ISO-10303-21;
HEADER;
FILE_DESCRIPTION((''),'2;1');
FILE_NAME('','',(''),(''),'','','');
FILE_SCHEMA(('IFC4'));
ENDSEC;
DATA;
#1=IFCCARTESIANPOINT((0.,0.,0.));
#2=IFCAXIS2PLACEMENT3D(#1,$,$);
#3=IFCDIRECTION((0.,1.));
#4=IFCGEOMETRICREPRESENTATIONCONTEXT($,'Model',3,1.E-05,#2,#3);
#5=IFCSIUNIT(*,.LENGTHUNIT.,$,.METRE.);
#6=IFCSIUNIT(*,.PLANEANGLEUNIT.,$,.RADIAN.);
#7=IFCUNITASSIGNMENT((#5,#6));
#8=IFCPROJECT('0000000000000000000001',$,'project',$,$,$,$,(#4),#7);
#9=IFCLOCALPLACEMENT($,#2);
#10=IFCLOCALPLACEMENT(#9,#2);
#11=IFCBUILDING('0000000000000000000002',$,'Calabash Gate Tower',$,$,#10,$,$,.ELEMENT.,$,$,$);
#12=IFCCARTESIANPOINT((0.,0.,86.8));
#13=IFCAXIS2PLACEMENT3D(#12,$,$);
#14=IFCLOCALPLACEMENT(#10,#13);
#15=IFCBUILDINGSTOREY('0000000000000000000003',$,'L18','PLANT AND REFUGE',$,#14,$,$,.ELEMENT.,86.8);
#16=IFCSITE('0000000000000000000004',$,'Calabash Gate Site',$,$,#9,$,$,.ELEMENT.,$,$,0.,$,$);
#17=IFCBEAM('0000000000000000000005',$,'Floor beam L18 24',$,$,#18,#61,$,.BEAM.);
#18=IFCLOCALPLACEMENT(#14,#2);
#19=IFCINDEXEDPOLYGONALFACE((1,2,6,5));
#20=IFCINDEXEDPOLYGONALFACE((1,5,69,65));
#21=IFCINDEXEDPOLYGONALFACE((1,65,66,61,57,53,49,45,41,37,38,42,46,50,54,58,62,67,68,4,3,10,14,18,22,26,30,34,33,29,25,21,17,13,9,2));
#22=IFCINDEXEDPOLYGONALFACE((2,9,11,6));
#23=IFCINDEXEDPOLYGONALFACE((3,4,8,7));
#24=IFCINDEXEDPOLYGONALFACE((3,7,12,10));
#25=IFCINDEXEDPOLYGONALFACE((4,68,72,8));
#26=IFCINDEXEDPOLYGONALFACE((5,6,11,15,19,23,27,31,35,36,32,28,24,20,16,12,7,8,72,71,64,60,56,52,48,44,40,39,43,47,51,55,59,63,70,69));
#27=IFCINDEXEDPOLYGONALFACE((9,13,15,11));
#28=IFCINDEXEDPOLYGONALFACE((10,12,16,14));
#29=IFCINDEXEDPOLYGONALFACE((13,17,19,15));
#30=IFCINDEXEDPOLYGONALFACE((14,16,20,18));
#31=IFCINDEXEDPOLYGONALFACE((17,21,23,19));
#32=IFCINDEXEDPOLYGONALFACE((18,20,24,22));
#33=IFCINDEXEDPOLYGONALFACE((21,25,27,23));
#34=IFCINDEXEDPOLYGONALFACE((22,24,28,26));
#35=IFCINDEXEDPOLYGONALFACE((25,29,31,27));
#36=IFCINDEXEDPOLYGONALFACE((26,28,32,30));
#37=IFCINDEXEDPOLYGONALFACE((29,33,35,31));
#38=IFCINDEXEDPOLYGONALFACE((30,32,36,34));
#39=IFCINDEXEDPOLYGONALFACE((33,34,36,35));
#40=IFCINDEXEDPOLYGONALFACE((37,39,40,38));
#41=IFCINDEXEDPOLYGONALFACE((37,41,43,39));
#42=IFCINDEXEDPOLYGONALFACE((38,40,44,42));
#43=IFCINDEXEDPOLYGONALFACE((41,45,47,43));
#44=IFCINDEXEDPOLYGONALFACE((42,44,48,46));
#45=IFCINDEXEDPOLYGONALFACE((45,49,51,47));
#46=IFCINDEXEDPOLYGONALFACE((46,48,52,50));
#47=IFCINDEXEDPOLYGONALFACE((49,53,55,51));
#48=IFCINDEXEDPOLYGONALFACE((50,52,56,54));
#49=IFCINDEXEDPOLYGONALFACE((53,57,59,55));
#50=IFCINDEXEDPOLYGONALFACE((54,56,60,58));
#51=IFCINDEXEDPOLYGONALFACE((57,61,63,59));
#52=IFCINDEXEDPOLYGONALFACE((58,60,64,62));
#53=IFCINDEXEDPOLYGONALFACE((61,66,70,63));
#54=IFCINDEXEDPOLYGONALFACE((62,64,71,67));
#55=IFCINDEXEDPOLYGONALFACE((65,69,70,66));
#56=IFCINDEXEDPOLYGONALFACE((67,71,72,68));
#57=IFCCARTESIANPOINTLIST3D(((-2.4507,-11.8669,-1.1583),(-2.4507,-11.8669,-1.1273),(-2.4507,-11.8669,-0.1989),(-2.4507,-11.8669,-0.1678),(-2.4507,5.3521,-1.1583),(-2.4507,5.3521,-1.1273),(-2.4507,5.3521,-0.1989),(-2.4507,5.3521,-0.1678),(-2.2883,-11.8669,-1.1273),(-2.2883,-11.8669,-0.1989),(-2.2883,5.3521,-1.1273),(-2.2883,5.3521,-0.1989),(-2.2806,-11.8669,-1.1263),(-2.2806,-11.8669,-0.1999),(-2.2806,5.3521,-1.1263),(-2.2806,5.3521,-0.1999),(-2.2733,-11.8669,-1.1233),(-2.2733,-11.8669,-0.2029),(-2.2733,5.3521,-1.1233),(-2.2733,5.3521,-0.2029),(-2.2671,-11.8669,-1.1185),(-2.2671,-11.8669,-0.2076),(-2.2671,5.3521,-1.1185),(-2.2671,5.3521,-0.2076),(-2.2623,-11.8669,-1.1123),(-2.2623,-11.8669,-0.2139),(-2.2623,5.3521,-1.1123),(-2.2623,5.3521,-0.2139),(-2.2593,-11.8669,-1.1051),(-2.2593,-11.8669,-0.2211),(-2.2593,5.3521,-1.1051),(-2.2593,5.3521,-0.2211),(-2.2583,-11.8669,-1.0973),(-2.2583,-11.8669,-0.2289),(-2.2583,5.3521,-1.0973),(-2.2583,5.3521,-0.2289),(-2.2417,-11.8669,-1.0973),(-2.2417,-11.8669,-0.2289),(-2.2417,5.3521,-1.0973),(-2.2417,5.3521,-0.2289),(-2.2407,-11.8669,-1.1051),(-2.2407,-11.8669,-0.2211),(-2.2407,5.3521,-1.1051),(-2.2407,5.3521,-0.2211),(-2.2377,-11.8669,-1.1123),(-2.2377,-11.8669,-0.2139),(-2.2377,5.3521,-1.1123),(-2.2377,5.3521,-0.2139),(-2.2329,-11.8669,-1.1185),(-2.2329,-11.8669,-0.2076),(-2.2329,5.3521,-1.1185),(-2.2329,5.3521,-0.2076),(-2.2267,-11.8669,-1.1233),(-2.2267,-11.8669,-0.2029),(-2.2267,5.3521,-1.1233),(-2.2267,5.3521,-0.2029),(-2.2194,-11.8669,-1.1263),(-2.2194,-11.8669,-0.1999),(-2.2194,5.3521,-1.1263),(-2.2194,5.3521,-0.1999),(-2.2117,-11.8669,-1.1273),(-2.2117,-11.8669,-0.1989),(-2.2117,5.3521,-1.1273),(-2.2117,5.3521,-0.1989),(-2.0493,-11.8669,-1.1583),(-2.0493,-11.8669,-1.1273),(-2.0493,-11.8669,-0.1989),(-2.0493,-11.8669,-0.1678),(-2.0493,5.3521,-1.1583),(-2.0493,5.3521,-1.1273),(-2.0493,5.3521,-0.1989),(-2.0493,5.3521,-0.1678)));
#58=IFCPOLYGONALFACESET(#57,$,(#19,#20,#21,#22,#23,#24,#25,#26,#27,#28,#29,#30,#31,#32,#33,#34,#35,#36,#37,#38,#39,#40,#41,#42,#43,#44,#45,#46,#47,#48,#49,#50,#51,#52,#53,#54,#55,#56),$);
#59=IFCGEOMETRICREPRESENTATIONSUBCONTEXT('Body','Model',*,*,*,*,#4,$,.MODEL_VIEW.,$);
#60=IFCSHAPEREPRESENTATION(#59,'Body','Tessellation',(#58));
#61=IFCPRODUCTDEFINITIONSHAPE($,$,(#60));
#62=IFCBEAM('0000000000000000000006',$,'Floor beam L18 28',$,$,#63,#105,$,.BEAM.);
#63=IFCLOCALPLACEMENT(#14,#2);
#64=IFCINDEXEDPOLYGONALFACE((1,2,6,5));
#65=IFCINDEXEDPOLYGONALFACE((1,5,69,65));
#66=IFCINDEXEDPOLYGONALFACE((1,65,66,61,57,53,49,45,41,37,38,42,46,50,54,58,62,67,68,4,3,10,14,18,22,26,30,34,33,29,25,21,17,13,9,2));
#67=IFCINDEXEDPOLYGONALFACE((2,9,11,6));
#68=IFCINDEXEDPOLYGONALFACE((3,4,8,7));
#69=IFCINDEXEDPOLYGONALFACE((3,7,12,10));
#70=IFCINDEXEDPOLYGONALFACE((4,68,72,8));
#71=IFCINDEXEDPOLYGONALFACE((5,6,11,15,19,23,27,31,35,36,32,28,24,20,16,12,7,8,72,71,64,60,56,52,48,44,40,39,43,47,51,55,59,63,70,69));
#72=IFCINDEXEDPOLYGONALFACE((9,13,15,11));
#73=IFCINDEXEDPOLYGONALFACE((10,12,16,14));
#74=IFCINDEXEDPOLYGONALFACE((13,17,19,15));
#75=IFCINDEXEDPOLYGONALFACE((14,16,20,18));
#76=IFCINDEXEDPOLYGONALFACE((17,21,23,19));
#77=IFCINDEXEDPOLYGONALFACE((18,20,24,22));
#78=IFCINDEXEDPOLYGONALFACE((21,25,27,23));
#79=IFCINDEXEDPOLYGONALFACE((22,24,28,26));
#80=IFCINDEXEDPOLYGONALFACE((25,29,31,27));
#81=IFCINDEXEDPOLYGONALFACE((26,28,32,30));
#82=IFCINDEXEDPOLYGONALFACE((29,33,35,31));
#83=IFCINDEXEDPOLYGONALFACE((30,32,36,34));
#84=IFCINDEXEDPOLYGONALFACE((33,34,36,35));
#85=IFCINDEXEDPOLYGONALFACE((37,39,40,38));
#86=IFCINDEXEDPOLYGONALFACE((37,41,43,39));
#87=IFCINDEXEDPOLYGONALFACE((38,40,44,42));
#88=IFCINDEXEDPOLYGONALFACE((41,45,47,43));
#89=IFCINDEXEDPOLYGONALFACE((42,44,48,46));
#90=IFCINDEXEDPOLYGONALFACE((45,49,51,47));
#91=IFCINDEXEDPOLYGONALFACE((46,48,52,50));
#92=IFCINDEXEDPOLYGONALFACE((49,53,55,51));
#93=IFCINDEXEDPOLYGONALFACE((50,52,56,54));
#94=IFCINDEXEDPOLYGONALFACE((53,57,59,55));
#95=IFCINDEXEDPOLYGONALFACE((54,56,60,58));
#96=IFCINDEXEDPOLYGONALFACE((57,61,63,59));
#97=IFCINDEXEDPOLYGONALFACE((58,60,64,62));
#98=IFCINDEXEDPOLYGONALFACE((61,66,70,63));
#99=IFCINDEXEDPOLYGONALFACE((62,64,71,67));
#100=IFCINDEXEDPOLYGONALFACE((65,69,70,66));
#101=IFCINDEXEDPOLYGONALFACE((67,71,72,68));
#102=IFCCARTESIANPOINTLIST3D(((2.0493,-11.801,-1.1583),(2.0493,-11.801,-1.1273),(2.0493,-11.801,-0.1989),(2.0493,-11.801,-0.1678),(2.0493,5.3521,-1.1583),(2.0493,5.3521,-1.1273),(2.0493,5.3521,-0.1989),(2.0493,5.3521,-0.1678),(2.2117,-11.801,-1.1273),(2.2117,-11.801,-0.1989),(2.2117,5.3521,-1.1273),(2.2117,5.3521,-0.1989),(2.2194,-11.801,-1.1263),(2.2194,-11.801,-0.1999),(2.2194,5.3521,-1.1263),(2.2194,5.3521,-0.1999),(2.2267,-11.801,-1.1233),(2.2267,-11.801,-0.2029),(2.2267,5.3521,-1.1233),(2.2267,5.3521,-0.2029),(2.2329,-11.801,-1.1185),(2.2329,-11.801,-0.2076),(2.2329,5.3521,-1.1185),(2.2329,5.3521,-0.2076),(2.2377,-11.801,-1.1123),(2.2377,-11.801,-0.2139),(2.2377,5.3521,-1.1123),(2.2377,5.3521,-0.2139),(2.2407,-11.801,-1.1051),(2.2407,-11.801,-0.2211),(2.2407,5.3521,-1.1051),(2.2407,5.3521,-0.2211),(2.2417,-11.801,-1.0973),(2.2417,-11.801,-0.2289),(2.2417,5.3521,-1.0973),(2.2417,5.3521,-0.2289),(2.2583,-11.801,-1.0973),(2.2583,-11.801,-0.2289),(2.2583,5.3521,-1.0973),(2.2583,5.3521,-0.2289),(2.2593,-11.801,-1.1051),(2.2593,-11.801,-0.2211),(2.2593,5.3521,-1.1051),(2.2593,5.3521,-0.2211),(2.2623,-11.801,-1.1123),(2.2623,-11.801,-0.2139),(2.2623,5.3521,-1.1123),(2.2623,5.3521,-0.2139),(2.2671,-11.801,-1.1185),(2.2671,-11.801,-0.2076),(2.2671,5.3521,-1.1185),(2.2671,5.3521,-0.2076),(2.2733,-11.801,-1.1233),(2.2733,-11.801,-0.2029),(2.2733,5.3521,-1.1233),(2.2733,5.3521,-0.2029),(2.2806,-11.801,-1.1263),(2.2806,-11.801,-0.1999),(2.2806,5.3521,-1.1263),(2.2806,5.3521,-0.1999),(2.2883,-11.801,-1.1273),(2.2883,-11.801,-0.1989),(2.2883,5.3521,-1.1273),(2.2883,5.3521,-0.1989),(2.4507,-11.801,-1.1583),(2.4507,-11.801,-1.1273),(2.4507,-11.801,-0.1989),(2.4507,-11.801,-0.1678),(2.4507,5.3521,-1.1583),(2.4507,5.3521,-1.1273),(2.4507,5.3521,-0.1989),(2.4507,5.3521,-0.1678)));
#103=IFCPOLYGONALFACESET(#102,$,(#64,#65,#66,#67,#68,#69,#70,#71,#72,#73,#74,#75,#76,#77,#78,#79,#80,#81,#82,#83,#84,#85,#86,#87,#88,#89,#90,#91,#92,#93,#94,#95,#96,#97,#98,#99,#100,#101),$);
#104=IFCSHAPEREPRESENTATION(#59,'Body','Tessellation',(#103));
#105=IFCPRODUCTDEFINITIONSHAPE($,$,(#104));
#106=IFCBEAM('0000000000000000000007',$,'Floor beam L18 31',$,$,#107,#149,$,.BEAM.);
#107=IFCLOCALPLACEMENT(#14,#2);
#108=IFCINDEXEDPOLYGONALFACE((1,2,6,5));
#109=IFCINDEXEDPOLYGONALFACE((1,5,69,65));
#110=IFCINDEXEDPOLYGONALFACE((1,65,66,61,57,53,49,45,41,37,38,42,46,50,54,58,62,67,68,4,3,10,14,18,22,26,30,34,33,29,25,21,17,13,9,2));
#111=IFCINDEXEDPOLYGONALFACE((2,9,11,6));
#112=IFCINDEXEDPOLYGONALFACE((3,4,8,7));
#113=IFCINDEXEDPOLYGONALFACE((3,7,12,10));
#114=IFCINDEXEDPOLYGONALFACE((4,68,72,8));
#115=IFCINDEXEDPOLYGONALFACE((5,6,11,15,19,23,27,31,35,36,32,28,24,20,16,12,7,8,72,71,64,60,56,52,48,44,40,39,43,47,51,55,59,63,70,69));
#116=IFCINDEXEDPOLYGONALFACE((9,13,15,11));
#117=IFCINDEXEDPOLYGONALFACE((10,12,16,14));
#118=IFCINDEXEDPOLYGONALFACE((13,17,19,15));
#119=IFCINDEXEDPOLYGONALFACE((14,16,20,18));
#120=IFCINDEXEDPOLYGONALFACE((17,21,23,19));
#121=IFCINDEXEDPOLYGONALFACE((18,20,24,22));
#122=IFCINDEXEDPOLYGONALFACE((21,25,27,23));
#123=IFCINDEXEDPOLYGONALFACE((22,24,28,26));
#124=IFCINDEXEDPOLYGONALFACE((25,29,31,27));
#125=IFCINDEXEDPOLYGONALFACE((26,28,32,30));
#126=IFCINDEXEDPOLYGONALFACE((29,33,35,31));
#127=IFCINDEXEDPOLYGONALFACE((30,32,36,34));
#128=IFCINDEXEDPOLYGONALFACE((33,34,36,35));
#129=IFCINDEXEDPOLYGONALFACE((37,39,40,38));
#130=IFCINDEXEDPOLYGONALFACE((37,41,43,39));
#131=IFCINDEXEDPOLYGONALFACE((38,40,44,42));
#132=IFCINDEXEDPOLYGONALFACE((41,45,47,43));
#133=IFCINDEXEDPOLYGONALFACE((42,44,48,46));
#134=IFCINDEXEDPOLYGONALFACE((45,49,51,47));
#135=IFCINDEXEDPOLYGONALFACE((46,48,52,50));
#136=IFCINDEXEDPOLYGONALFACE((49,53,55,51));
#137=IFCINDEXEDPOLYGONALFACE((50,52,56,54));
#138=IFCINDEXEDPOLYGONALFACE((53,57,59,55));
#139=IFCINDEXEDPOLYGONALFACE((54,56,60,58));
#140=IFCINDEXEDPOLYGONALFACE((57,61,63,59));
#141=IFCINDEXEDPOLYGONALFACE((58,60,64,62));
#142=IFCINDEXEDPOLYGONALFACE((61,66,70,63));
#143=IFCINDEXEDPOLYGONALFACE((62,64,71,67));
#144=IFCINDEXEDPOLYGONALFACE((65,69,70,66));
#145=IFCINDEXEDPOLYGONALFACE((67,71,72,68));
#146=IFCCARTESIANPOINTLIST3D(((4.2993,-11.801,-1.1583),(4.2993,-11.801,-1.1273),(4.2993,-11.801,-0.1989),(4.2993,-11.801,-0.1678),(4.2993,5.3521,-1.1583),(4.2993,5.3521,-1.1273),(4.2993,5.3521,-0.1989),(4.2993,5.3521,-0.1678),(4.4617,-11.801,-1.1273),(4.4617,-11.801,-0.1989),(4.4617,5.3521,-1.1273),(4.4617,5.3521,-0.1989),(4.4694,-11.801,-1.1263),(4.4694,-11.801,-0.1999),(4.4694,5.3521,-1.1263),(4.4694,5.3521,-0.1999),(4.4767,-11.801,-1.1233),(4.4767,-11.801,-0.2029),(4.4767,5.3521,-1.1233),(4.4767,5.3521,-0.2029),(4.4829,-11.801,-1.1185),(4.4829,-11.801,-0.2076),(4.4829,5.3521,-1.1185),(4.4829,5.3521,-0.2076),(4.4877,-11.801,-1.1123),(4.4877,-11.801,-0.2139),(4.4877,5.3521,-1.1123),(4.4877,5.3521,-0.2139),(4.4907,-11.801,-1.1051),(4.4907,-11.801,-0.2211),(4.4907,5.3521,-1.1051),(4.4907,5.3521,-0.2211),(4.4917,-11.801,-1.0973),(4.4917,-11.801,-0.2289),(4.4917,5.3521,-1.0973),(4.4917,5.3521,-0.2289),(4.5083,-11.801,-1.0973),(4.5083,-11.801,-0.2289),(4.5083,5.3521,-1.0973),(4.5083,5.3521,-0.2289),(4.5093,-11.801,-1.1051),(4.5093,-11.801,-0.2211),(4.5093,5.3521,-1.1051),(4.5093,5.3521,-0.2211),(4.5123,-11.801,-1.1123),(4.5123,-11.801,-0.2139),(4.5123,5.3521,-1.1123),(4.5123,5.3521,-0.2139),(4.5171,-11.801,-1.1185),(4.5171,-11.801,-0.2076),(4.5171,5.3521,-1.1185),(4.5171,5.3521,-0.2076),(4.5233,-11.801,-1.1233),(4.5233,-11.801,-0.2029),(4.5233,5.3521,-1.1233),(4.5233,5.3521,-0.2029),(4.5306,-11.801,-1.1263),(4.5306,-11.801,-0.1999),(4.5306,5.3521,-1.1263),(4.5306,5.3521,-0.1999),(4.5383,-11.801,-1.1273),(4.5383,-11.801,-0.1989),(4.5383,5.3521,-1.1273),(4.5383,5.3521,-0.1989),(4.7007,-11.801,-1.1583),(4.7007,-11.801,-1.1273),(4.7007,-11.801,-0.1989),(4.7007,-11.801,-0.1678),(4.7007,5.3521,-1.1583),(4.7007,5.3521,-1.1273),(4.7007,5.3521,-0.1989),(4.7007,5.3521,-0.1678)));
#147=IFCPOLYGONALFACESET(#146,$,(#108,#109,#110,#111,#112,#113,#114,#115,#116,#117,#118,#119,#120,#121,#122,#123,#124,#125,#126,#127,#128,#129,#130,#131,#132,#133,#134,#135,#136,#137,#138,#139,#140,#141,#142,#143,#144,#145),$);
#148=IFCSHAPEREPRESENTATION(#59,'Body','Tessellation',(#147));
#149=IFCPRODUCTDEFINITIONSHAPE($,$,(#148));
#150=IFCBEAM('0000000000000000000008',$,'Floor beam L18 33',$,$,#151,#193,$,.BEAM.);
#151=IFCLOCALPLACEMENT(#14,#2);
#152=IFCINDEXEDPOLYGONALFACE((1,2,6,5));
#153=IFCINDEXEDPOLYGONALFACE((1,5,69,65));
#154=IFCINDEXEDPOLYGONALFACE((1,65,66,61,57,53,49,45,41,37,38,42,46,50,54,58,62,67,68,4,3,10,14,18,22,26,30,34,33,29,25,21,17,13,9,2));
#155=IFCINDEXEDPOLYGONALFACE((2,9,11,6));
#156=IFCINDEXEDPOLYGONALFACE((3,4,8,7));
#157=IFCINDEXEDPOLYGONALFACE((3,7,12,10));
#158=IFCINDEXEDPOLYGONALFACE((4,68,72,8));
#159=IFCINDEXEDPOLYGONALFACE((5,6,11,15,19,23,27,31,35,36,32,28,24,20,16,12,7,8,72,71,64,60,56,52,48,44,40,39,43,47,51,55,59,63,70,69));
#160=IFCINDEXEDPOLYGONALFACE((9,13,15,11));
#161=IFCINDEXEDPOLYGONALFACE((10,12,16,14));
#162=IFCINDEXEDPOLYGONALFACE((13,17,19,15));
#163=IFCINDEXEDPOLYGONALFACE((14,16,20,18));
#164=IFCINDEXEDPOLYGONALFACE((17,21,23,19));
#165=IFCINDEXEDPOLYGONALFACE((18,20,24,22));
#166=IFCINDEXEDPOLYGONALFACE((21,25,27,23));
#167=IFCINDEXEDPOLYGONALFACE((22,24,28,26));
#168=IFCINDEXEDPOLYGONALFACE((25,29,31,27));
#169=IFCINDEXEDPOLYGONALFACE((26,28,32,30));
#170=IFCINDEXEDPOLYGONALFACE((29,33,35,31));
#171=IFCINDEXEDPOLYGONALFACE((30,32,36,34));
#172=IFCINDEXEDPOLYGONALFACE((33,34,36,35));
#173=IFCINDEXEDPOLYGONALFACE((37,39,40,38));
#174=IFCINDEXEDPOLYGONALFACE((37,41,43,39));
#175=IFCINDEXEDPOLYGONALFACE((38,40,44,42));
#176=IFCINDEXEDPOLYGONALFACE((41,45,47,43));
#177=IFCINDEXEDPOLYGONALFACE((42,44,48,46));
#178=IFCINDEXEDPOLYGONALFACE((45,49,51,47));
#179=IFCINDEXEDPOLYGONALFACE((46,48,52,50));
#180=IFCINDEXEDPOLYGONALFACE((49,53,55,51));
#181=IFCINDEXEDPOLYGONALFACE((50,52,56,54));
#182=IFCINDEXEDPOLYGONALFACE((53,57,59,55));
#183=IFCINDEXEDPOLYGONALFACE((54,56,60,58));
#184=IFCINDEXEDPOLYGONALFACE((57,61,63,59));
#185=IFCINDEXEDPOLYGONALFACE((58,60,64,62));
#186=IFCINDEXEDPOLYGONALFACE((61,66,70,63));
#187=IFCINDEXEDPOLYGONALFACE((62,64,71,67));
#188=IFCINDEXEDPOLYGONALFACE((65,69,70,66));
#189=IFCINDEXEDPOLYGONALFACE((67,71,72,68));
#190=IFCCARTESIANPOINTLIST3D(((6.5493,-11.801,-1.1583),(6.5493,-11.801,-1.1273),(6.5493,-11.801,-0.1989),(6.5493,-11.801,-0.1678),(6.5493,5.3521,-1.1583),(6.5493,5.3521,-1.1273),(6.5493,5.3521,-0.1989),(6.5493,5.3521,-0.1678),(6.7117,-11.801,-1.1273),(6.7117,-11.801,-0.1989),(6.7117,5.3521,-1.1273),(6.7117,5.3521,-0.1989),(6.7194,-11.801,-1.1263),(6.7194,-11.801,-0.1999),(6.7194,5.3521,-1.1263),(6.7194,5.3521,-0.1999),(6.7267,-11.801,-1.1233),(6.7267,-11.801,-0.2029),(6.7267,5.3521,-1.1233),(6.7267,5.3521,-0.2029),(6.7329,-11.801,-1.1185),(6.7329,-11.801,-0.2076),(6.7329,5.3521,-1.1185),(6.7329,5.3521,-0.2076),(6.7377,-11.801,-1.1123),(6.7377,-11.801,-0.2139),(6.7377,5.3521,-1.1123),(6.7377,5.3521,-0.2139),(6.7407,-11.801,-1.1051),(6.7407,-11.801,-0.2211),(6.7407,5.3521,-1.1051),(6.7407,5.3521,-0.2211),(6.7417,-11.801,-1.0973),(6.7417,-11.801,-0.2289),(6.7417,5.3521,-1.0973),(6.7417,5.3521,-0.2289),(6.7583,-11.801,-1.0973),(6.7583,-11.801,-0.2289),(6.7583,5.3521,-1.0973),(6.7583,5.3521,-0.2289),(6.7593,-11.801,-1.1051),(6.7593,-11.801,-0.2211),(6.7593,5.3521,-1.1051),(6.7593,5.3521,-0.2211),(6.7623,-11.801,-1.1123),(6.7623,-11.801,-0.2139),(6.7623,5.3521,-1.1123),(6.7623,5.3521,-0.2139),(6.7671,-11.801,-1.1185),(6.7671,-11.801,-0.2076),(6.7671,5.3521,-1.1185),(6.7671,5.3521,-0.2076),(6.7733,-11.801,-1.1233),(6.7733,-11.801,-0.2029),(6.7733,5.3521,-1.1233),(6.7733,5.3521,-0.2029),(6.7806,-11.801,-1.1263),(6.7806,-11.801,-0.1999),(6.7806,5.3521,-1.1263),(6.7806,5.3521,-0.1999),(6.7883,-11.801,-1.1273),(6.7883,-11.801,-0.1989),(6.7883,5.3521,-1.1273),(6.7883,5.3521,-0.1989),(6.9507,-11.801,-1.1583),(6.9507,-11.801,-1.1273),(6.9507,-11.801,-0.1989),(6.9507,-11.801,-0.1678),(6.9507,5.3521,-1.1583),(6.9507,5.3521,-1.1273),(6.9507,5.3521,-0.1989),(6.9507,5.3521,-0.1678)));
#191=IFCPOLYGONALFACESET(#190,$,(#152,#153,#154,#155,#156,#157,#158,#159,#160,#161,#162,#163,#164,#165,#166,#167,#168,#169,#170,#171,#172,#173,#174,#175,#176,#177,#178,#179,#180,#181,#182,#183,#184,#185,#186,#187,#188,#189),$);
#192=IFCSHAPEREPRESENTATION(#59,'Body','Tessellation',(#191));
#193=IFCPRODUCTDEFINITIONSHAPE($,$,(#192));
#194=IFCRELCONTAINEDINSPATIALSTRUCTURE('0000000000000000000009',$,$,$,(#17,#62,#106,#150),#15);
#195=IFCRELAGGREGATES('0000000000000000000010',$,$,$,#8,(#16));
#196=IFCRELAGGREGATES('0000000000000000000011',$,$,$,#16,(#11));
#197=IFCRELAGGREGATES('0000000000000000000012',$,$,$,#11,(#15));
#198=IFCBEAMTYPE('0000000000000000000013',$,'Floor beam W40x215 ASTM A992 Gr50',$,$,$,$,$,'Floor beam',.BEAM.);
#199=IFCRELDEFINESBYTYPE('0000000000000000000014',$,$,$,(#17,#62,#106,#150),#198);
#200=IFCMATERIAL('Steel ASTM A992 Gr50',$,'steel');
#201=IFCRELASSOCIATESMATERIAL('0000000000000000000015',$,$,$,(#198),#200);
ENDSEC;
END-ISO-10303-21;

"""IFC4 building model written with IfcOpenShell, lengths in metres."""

from ifc_helpers import new_model, si_unit, direction, frame, origin, origin_2d, place, context, subcontext, project, spatial, i_section, extrude, material, material_profile, profile_set, type_object, element, save


model = new_model("IFC4")

# Units and contexts
model_context = context("Model", 3, precision=1e-05, world=origin(), true_north=direction((0.0, 1.0)))
body_context = subcontext(model_context, "Body", "Model", "MODEL_VIEW")
ifc_project = project(units=[si_unit("LENGTHUNIT", "METRE"), si_unit("PLANEANGLEUNIT", "RADIAN")], contexts=[model_context])

# Site, building, storey
site_placement = place(None, origin())
site = spatial("IfcSite", under=ifc_project, at=site_placement, Name="Calabash Gate Site", CompositionType="ELEMENT", RefElevation=0.0)
building_placement = place(site_placement, origin())
building = spatial("IfcBuilding", under=site, at=building_placement, Name="Calabash Gate Tower", CompositionType="ELEMENT")
storey_placement = place(building_placement, frame((0.0, 0.0, 86.8)))
storey = spatial("IfcBuildingStorey", under=building, at=storey_placement, Name="L18", Description="PLANT AND REFUGE", CompositionType="ELEMENT", Elevation=86.8)

# Beams
ifc_material_1 = material(Name="Steel ASTM A992 Gr50", Category="steel")
ifc_material_profile_1 = material_profile(ifc_material_1, i_section(OverallWidth=0.4014, OverallDepth=0.9905, WebThickness=0.0166, FlangeThickness=0.031, FilletRadius=0.03, at=origin_2d()))
ifc_profile_set_1 = profile_set([ifc_material_profile_1], Name="Steel ASTM A992 Gr50")
beam_type_1 = type_object("IfcBeamType", Name="Floor beam W40x215 ASTM A992 Gr50", ElementType="Floor beam", PredefinedType="BEAM", material=ifc_profile_set_1)
for number, where, z_axis, x_axis, name in (
    (1, (-2.25, -11.8669, -0.6631), (0.0, 1.0, 0.0), (-1.0, 0.0, 0.0), "Floor beam L18 24"),
):
    element("IfcBeam", number, at=place(storey_placement, frame(where, z_axis=z_axis, x_axis=x_axis)), inside=storey, type_object=beam_type_1, Name=name, PredefinedType="BEAM", context=body_context, shape_type="SweptSolid", body=[
        extrude(i_section(OverallWidth=0.4014, OverallDepth=0.9905, WebThickness=0.0166, FlangeThickness=0.031, FilletRadius=0.03, at=origin_2d()), origin(), (0.0, 0.0, 1.0), 17.219),
    ])
for number, where, z_axis, x_axis, name in (
    (2, (2.25, -11.801, -0.6631), (0.0, 1.0, 0.0), (-1.0, 0.0, 0.0), "Floor beam L18 28"),
    (3, (4.5, -11.801, -0.6631), (0.0, 1.0, 0.0), (-1.0, 0.0, 0.0), "Floor beam L18 31"),
    (4, (6.75, -11.801, -0.6631), (0.0, 1.0, 0.0), (-1.0, 0.0, 0.0), "Floor beam L18 33"),
):
    element("IfcBeam", number, at=place(storey_placement, frame(where, z_axis=z_axis, x_axis=x_axis)), inside=storey, type_object=beam_type_1, Name=name, PredefinedType="BEAM", context=body_context, shape_type="SweptSolid", body=[
        extrude(i_section(OverallWidth=0.4014, OverallDepth=0.9905, WebThickness=0.0166, FlangeThickness=0.031, FilletRadius=0.03, at=origin_2d()), origin(), (0.0, 0.0, 1.0), 17.1531),
    ])

save(model, "model.ifc")
